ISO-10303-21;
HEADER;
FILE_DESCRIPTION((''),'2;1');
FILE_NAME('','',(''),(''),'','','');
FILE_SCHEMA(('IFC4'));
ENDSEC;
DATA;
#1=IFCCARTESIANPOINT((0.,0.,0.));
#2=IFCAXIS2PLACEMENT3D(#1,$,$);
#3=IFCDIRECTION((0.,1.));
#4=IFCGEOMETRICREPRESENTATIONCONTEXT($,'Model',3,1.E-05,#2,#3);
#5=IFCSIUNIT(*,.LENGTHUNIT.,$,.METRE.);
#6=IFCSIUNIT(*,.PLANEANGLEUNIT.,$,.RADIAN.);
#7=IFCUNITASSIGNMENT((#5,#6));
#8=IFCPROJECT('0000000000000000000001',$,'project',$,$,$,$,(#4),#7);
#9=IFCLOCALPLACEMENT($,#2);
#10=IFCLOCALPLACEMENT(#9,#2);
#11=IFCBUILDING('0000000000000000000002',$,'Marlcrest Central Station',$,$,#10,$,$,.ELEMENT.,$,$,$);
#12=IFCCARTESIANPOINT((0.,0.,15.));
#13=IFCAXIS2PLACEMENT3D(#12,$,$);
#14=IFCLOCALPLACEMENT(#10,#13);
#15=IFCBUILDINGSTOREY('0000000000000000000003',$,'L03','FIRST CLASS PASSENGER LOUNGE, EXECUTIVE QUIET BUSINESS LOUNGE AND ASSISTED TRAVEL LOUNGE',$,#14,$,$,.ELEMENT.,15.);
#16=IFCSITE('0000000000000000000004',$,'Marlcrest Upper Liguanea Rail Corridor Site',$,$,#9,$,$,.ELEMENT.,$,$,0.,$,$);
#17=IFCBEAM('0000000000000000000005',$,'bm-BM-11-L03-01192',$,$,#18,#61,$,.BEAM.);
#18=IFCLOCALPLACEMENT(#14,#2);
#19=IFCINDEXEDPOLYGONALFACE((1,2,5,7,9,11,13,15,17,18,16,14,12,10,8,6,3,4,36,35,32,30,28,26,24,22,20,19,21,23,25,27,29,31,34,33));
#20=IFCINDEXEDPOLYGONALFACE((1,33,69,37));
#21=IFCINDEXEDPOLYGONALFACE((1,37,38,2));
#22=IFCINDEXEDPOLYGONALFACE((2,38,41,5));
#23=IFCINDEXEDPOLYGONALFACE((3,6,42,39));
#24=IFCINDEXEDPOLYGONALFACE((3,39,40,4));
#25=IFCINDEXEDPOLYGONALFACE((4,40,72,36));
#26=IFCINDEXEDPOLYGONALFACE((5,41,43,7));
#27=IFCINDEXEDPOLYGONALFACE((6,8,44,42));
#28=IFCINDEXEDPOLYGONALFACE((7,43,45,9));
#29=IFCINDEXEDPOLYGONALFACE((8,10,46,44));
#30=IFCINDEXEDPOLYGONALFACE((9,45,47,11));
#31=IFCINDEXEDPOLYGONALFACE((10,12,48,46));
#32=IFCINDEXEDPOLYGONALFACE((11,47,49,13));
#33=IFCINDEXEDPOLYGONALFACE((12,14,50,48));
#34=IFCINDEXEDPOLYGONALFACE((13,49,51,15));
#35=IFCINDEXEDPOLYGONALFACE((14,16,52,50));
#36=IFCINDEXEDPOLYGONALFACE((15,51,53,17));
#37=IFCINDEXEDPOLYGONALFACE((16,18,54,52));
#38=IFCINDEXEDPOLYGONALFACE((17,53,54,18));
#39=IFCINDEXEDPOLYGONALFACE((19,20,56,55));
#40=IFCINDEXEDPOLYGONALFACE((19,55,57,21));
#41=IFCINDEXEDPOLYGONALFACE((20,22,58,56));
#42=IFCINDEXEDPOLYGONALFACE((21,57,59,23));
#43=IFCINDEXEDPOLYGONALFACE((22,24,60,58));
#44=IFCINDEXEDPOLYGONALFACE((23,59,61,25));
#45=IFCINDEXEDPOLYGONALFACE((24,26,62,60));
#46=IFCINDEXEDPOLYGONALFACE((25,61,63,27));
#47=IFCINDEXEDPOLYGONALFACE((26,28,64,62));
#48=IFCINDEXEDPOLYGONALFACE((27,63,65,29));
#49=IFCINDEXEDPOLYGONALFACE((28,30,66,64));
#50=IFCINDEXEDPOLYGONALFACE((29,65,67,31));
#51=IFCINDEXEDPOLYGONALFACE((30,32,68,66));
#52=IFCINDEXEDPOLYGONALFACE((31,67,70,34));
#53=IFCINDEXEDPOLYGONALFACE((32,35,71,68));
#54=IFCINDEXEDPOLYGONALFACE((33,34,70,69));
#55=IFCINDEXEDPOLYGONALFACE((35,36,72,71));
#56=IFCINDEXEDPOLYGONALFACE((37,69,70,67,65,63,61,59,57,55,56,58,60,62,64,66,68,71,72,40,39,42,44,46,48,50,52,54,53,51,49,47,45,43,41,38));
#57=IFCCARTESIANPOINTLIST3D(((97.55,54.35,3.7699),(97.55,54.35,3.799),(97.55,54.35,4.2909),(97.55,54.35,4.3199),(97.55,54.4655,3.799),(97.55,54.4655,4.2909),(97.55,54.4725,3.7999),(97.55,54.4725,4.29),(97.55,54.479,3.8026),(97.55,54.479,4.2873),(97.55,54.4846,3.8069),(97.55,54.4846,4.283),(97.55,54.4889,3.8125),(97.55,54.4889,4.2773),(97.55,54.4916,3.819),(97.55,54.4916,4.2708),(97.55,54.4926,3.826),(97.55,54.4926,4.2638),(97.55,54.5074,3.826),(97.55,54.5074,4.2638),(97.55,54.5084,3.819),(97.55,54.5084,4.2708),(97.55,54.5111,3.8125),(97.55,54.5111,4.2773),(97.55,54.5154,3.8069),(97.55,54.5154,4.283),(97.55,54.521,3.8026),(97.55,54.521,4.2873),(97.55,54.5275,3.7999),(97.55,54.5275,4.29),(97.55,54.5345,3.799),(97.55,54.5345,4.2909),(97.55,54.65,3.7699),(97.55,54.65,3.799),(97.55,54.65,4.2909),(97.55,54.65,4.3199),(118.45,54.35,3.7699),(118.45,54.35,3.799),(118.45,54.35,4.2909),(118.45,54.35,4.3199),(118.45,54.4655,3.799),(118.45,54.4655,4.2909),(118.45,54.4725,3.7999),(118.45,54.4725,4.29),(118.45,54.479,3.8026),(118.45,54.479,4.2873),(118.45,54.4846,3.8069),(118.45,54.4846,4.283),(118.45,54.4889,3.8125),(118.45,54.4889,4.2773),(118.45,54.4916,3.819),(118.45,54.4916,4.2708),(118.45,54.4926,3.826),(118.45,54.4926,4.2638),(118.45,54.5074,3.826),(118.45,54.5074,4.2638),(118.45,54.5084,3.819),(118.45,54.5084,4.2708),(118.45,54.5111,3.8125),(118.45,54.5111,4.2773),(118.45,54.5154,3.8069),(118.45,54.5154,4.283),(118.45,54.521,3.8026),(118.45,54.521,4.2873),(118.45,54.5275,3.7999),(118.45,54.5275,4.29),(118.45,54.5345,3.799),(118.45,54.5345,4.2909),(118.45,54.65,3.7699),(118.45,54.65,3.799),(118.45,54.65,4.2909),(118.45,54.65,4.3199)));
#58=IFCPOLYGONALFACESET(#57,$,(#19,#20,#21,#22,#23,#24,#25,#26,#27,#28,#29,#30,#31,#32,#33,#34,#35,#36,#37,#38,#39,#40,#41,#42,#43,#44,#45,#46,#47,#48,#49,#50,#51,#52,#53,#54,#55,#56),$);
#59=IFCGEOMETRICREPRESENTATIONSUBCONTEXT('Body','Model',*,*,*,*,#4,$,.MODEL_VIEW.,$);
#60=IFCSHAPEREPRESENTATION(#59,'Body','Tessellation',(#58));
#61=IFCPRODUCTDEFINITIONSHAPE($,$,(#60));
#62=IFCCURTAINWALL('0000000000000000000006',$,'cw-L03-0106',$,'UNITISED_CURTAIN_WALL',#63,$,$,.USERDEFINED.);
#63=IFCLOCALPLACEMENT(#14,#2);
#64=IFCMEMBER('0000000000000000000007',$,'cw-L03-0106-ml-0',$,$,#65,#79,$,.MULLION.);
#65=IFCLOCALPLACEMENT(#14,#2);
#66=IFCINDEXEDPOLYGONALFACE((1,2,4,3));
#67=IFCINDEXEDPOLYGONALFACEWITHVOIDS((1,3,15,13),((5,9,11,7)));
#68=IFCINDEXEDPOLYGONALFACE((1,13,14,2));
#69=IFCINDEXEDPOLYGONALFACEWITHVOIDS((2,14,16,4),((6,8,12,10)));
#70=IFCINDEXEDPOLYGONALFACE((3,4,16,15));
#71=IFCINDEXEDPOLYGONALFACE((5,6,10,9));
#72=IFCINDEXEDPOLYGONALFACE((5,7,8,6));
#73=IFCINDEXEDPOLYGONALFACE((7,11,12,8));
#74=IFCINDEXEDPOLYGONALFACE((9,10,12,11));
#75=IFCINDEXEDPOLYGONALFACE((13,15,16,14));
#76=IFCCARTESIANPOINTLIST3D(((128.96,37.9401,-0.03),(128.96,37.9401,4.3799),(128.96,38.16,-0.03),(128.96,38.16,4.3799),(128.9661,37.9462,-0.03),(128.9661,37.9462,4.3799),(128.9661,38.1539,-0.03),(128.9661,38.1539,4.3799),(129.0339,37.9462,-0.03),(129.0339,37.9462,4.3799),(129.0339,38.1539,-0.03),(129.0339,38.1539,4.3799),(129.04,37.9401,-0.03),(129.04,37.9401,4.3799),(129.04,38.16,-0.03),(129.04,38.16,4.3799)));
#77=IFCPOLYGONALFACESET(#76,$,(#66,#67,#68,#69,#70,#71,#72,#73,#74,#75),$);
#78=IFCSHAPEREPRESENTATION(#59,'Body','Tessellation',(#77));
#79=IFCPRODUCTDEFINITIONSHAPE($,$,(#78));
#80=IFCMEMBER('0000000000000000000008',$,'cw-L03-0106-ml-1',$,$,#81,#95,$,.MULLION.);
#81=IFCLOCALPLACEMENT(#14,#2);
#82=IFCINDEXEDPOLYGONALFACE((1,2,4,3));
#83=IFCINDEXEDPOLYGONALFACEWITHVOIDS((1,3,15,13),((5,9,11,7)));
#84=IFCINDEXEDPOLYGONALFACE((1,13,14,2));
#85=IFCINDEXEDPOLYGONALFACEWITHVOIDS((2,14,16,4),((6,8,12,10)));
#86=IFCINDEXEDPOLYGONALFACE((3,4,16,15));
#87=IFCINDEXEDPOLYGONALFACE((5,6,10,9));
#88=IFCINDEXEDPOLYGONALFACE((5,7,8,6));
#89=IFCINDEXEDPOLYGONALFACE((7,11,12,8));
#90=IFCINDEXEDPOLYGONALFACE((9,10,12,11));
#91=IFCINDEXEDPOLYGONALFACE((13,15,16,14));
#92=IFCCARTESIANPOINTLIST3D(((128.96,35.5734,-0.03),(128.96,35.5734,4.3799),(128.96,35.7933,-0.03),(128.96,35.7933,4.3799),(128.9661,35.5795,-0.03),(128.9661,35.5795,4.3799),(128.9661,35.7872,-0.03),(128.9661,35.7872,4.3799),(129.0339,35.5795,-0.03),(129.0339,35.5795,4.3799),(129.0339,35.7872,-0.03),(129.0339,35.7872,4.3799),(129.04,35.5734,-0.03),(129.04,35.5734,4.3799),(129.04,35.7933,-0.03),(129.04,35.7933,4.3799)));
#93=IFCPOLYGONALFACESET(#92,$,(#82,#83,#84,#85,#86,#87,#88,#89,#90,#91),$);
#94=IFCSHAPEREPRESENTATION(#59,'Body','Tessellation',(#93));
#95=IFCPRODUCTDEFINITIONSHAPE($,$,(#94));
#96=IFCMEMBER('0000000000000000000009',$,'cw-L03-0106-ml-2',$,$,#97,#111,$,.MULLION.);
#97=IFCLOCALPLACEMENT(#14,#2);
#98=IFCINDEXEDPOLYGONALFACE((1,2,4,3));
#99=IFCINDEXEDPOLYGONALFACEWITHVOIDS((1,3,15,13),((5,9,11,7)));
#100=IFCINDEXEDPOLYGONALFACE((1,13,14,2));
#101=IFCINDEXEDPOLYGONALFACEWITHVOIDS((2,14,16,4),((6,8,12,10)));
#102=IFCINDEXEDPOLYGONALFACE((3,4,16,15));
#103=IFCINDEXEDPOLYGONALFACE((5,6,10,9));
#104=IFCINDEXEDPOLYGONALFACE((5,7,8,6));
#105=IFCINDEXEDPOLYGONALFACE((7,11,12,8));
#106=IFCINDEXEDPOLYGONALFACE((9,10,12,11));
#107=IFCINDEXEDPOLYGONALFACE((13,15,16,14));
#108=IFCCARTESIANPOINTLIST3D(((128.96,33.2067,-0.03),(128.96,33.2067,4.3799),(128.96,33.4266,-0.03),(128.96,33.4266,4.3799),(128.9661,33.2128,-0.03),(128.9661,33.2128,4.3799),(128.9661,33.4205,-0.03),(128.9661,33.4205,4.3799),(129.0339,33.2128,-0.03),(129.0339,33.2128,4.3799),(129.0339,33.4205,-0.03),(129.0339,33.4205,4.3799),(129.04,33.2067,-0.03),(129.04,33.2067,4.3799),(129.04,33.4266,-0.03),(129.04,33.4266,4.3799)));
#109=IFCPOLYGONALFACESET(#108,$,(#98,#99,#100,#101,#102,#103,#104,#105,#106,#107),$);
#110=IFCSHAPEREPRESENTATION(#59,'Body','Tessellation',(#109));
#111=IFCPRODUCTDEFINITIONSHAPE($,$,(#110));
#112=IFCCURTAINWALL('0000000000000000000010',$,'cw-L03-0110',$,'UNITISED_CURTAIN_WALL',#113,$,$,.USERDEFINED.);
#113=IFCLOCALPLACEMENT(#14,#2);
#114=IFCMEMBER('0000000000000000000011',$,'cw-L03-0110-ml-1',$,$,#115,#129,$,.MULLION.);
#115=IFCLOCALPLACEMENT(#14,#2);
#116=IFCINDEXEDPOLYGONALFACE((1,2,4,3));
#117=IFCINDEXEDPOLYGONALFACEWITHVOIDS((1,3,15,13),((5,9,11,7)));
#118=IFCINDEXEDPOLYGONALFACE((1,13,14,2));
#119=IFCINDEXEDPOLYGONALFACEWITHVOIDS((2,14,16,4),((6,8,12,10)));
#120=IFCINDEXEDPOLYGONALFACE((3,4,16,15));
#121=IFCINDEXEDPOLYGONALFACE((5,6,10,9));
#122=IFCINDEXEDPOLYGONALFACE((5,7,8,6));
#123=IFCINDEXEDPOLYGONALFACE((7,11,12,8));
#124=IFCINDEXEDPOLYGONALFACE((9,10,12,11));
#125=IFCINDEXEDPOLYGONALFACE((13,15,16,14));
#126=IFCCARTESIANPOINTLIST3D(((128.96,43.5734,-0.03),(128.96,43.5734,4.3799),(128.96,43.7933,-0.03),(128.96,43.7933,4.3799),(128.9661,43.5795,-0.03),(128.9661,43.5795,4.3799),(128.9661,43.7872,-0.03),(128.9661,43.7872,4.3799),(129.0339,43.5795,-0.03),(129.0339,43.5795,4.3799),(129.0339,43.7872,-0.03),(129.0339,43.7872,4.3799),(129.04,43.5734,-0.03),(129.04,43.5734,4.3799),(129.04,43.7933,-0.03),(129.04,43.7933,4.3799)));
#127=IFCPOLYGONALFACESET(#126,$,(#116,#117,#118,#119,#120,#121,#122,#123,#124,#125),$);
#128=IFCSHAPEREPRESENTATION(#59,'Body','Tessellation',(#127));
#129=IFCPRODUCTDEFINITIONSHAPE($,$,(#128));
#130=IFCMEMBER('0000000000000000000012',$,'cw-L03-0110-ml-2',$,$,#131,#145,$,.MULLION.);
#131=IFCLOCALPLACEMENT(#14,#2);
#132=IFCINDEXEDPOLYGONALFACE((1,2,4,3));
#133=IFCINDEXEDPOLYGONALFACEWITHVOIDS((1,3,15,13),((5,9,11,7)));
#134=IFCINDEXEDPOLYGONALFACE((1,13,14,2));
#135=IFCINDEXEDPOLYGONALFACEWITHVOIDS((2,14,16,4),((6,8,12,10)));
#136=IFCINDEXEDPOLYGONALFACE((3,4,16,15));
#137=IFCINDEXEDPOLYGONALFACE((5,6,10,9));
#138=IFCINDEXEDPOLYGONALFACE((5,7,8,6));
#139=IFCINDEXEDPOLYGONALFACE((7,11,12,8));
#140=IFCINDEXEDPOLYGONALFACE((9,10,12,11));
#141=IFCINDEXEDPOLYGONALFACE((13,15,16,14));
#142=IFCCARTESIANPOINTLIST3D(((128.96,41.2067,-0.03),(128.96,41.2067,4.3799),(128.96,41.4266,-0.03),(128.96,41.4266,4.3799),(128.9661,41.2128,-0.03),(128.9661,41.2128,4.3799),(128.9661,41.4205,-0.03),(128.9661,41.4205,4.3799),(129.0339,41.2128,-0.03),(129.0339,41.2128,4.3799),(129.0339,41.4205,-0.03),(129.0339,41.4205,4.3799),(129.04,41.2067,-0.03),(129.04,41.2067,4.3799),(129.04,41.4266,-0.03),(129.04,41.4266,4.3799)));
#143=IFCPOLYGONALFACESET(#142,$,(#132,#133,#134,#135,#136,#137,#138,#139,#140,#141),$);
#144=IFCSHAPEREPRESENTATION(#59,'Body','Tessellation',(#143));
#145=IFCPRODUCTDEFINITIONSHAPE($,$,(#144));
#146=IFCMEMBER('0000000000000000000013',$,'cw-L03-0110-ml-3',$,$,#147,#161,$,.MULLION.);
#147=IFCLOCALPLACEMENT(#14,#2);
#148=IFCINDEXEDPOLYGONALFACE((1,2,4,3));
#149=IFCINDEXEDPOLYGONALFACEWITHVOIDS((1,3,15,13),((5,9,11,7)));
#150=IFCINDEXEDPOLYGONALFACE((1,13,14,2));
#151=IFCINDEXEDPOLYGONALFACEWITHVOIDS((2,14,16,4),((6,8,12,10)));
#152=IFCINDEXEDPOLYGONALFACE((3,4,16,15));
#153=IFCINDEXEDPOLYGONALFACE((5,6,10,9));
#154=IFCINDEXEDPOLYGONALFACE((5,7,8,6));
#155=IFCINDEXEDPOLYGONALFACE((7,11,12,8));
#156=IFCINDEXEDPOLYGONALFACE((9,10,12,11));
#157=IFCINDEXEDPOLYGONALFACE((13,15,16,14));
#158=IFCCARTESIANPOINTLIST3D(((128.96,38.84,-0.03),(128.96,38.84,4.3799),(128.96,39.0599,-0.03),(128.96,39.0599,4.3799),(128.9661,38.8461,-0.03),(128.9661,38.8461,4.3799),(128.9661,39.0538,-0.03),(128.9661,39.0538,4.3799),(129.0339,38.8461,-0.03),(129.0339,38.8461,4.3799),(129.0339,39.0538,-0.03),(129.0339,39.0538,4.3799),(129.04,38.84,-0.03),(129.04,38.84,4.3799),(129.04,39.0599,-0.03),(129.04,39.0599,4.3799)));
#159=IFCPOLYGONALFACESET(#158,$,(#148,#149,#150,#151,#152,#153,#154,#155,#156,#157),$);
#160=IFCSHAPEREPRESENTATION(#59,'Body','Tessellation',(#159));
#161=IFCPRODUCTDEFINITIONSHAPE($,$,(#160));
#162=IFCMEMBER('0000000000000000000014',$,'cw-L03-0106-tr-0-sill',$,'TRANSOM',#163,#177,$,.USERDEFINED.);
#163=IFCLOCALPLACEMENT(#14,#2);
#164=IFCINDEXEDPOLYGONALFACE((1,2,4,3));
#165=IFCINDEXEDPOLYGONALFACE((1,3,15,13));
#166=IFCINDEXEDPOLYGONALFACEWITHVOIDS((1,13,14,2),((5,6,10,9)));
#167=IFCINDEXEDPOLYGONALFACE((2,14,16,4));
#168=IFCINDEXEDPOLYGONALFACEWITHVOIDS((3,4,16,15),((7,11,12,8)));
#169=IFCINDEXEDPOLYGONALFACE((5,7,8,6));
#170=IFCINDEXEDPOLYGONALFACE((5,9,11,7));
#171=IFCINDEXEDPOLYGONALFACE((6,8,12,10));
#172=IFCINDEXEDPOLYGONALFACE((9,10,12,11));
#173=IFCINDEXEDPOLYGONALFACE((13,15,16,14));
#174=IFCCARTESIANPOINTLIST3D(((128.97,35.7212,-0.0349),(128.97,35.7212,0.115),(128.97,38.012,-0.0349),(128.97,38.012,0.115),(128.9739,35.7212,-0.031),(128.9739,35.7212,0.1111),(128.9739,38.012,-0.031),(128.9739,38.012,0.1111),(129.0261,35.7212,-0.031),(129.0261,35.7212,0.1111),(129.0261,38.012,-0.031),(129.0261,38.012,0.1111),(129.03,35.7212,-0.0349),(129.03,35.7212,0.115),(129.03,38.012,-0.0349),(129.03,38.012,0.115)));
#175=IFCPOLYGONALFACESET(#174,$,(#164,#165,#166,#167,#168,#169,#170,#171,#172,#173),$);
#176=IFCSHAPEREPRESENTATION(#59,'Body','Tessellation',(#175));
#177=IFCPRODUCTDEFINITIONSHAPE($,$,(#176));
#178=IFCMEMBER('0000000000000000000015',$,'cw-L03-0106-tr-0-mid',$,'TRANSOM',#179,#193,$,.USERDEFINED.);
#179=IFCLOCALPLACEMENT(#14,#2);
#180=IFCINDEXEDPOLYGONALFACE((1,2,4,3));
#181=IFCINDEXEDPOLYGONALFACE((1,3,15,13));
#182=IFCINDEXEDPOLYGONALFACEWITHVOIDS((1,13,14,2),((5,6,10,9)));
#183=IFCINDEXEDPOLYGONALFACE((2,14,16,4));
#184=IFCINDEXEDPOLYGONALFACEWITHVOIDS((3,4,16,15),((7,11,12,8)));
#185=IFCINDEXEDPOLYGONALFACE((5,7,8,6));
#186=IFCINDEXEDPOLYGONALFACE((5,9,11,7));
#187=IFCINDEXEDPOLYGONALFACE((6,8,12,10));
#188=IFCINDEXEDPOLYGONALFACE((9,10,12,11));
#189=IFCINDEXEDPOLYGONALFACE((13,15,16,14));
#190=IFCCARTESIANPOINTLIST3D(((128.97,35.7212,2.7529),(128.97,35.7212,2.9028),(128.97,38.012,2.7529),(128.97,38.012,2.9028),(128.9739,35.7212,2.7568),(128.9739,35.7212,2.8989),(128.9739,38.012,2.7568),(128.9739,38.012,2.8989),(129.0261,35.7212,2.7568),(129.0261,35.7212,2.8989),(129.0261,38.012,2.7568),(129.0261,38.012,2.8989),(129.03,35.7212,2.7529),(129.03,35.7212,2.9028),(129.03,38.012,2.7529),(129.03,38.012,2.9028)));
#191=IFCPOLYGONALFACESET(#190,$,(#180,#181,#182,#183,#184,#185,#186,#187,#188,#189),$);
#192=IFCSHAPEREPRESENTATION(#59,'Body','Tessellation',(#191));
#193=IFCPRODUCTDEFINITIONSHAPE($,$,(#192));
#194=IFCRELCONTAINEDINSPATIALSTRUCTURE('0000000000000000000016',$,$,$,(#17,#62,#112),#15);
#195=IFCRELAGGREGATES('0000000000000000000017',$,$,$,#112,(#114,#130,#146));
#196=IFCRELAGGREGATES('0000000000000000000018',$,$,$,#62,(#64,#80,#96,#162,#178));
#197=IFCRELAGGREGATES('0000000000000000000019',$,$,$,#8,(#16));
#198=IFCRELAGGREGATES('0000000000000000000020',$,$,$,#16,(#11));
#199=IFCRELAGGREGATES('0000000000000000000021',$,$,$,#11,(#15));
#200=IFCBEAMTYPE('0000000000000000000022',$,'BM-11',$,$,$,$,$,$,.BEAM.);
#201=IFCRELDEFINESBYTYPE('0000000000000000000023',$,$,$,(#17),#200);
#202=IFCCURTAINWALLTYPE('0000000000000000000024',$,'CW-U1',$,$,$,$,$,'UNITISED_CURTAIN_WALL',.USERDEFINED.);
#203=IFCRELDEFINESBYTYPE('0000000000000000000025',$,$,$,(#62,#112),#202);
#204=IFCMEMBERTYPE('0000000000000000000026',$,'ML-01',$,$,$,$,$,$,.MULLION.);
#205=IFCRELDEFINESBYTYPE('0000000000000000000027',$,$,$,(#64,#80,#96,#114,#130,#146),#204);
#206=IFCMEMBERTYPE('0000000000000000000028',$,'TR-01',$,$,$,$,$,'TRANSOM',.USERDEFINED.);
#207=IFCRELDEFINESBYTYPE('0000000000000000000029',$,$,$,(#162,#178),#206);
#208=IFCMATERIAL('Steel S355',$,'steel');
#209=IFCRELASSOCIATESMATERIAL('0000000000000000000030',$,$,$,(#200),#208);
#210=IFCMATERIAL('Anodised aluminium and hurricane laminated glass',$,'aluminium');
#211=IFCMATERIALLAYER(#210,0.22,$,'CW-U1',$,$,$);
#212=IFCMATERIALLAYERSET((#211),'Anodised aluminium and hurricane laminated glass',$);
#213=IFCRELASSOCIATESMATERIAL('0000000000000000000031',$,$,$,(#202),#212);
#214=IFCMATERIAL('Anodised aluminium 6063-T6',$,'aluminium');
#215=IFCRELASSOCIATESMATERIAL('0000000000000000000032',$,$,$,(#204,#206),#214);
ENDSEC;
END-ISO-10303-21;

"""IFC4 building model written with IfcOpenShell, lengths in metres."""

from ifc_helpers import new_model, si_unit, direction, frame, origin, origin_2d, place, context, subcontext, project, spatial, hollow_rectangle, i_section, extrude, material, layer, layer_set, material_profile, profile_set, type_object, element, aggregate, save


model = new_model("IFC4")

# Units and contexts
model_context = context("Model", 3, precision=1e-05, world=origin(), true_north=direction((0.0, 1.0)))
body_context = subcontext(model_context, "Body", "Model", "MODEL_VIEW")
ifc_project = project(units=[si_unit("LENGTHUNIT", "METRE"), si_unit("PLANEANGLEUNIT", "RADIAN")], contexts=[model_context])

# Site, building, storey
site_placement = place(None, origin())
site = spatial("IfcSite", under=ifc_project, at=site_placement, Name="Marlcrest Upper Liguanea Rail Corridor Site", CompositionType="ELEMENT", RefElevation=0.0)
building_placement = place(site_placement, origin())
building = spatial("IfcBuilding", under=site, at=building_placement, Name="Marlcrest Central Station", CompositionType="ELEMENT")
storey_placement = place(building_placement, frame((0.0, 0.0, 15.0)))
storey = spatial("IfcBuildingStorey", under=building, at=storey_placement, Name="L03", Description="FIRST CLASS PASSENGER LOUNGE, EXECUTIVE QUIET BUSINESS LOUNGE AND ASSISTED TRAVEL LOUNGE", CompositionType="ELEMENT", Elevation=15.0)

# Shared definitions
ifc_material_1 = material(Name="Steel S355", Category="steel")

# Beam
ifc_material_profile_1 = material_profile(ifc_material_1, i_section(OverallWidth=0.3, OverallDepth=0.55, WebThickness=0.0149, FlangeThickness=0.0291, FilletRadius=0.0271, at=origin_2d()), Name="HEB 550")
ifc_profile_set_1 = profile_set([ifc_material_profile_1], Name="Steel S355")
beam_type_1 = type_object("IfcBeamType", Name="BM-11", PredefinedType="BEAM", material=ifc_profile_set_1)
for number, where, z_axis, x_axis, name in (
    (1, (97.55, 54.5, 4.0449), (1.0, 0.0, 0.0), (0.0, 1.0, 0.0), "bm-BM-11-L03-01192"),
):
    element("IfcBeam", number, at=place(storey_placement, frame(where, z_axis=z_axis, x_axis=x_axis)), inside=storey, type_object=beam_type_1, Name=name, PredefinedType="BEAM", context=body_context, shape_type="SweptSolid", body=[
        extrude(i_section(OverallWidth=0.3, OverallDepth=0.55, WebThickness=0.0149, FlangeThickness=0.0291, FilletRadius=0.0271, at=origin_2d()), origin(), (0.0, 0.0, 1.0), 20.8999),
    ])

# Curtain walls, members
ifc_material_2 = material(Name="Anodised aluminium and hurricane laminated glass", Category="aluminium")
ifc_layer_1 = layer(ifc_material_2, 0.22, Name="CW-U1")
ifc_layer_set_1 = layer_set([ifc_layer_1], Name="Anodised aluminium and hurricane laminated glass")
curtain_wall_type = type_object("IfcCurtainWallType", Name="CW-U1", ElementType="UNITISED_CURTAIN_WALL", PredefinedType="USERDEFINED", material=ifc_layer_set_1)
curtain_wall_1_placement = place(storey_placement, origin())
curtain_wall_1 = element("IfcCurtainWall", 2, at=curtain_wall_1_placement, inside=storey, type_object=curtain_wall_type, Name="cw-L03-0106", ObjectType="UNITISED_CURTAIN_WALL", PredefinedType="USERDEFINED")
ifc_material_3 = material(Name="Anodised aluminium 6063-T6", Category="aluminium")
ifc_material_profile_2 = material_profile(ifc_material_3, hollow_rectangle(XDim=0.0801, YDim=0.22, WallThickness=0.0061, at=origin_2d()), Name="AA-RHS 220x80x6")
ifc_profile_set_2 = profile_set([ifc_material_profile_2], Name="Anodised aluminium 6063-T6")
member_type_1 = type_object("IfcMemberType", Name="ML-01", PredefinedType="MULLION", material=ifc_profile_set_2)
member_1_placement = place(storey_placement, frame((129.0, 38.05, -0.03), z_axis=(0.0, 0.0, 1.0), x_axis=(1.0, 0.0, 0.0)))
member_1 = element("IfcMember", 3, at=member_1_placement, type_object=member_type_1, Name="cw-L03-0106-ml-0", PredefinedType="MULLION", context=body_context, shape_type="SweptSolid", body=[
    extrude(hollow_rectangle(XDim=0.0801, YDim=0.22, WallThickness=0.0061, at=origin_2d()), origin(), (0.0, 0.0, 1.0), 4.4099),
])
member_2_placement = place(storey_placement, frame((129.0, 35.6833, -0.03), z_axis=(0.0, 0.0, 1.0), x_axis=(1.0, 0.0, 0.0)))
member_2 = element("IfcMember", 4, at=member_2_placement, type_object=member_type_1, Name="cw-L03-0106-ml-1", PredefinedType="MULLION", context=body_context, shape_type="SweptSolid", body=[
    extrude(hollow_rectangle(XDim=0.0801, YDim=0.22, WallThickness=0.0061, at=origin_2d()), origin(), (0.0, 0.0, 1.0), 4.4099),
])
member_3_placement = place(storey_placement, frame((129.0, 33.3167, -0.03), z_axis=(0.0, 0.0, 1.0), x_axis=(1.0, 0.0, 0.0)))
member_3 = element("IfcMember", 5, at=member_3_placement, type_object=member_type_1, Name="cw-L03-0106-ml-2", PredefinedType="MULLION", context=body_context, shape_type="SweptSolid", body=[
    extrude(hollow_rectangle(XDim=0.0801, YDim=0.22, WallThickness=0.0061, at=origin_2d()), origin(), (0.0, 0.0, 1.0), 4.4099),
])
curtain_wall_2_placement = place(storey_placement, origin())
curtain_wall_2 = element("IfcCurtainWall", 6, at=curtain_wall_2_placement, inside=storey, type_object=curtain_wall_type, Name="cw-L03-0110", ObjectType="UNITISED_CURTAIN_WALL", PredefinedType="USERDEFINED")
member_4_placement = place(storey_placement, frame((129.0, 43.6833, -0.03), z_axis=(0.0, 0.0, 1.0), x_axis=(1.0, 0.0, 0.0)))
member_4 = element("IfcMember", 7, at=member_4_placement, type_object=member_type_1, Name="cw-L03-0110-ml-1", PredefinedType="MULLION", context=body_context, shape_type="SweptSolid", body=[
    extrude(hollow_rectangle(XDim=0.0801, YDim=0.22, WallThickness=0.0061, at=origin_2d()), origin(), (0.0, 0.0, 1.0), 4.4099),
])
member_5_placement = place(storey_placement, frame((129.0, 41.3167, -0.03), z_axis=(0.0, 0.0, 1.0), x_axis=(1.0, 0.0, 0.0)))
member_5 = element("IfcMember", 8, at=member_5_placement, type_object=member_type_1, Name="cw-L03-0110-ml-2", PredefinedType="MULLION", context=body_context, shape_type="SweptSolid", body=[
    extrude(hollow_rectangle(XDim=0.0801, YDim=0.22, WallThickness=0.0061, at=origin_2d()), origin(), (0.0, 0.0, 1.0), 4.4099),
])
member_6_placement = place(storey_placement, frame((129.0, 38.95, -0.03), z_axis=(0.0, 0.0, 1.0), x_axis=(1.0, 0.0, 0.0)))
member_6 = element("IfcMember", 9, at=member_6_placement, type_object=member_type_1, Name="cw-L03-0110-ml-3", PredefinedType="MULLION", context=body_context, shape_type="SweptSolid", body=[
    extrude(hollow_rectangle(XDim=0.0801, YDim=0.22, WallThickness=0.0061, at=origin_2d()), origin(), (0.0, 0.0, 1.0), 4.4099),
])

# Members
ifc_material_profile_3 = material_profile(ifc_material_3, hollow_rectangle(XDim=0.0601, YDim=0.1499, WallThickness=0.0039, at=origin_2d()), Name="AA-RHS 150x60x4")
ifc_profile_set_3 = profile_set([ifc_material_profile_3], Name="Anodised aluminium 6063-T6")
member_type_2 = type_object("IfcMemberType", Name="TR-01", ElementType="TRANSOM", PredefinedType="USERDEFINED", material=ifc_profile_set_3)
member_7_placement = place(storey_placement, frame((129.0, 38.012, 0.04), z_axis=(0.0, -1.0, 0.0), x_axis=(1.0, 0.0, 0.0)))
member_7 = element("IfcMember", 10, at=member_7_placement, type_object=member_type_2, Name="cw-L03-0106-tr-0-sill", ObjectType="TRANSOM", PredefinedType="USERDEFINED", context=body_context, shape_type="SweptSolid", body=[
    extrude(hollow_rectangle(XDim=0.0601, YDim=0.1499, WallThickness=0.0039, at=origin_2d()), origin(), (0.0, 0.0, 1.0), 2.2908),
])
member_8_placement = place(storey_placement, frame((129.0, 38.012, 2.8279), z_axis=(0.0, -1.0, 0.0), x_axis=(1.0, 0.0, 0.0)))
member_8 = element("IfcMember", 11, at=member_8_placement, type_object=member_type_2, Name="cw-L03-0106-tr-0-mid", ObjectType="TRANSOM", PredefinedType="USERDEFINED", context=body_context, shape_type="SweptSolid", body=[
    extrude(hollow_rectangle(XDim=0.0601, YDim=0.1499, WallThickness=0.0039, at=origin_2d()), origin(), (0.0, 0.0, 1.0), 2.2908),
])

aggregate(curtain_wall_2, [member_4, member_5, member_6])
aggregate(curtain_wall_1, [member_1, member_2, member_3, member_7, member_8])

save(model, "model.ifc")
